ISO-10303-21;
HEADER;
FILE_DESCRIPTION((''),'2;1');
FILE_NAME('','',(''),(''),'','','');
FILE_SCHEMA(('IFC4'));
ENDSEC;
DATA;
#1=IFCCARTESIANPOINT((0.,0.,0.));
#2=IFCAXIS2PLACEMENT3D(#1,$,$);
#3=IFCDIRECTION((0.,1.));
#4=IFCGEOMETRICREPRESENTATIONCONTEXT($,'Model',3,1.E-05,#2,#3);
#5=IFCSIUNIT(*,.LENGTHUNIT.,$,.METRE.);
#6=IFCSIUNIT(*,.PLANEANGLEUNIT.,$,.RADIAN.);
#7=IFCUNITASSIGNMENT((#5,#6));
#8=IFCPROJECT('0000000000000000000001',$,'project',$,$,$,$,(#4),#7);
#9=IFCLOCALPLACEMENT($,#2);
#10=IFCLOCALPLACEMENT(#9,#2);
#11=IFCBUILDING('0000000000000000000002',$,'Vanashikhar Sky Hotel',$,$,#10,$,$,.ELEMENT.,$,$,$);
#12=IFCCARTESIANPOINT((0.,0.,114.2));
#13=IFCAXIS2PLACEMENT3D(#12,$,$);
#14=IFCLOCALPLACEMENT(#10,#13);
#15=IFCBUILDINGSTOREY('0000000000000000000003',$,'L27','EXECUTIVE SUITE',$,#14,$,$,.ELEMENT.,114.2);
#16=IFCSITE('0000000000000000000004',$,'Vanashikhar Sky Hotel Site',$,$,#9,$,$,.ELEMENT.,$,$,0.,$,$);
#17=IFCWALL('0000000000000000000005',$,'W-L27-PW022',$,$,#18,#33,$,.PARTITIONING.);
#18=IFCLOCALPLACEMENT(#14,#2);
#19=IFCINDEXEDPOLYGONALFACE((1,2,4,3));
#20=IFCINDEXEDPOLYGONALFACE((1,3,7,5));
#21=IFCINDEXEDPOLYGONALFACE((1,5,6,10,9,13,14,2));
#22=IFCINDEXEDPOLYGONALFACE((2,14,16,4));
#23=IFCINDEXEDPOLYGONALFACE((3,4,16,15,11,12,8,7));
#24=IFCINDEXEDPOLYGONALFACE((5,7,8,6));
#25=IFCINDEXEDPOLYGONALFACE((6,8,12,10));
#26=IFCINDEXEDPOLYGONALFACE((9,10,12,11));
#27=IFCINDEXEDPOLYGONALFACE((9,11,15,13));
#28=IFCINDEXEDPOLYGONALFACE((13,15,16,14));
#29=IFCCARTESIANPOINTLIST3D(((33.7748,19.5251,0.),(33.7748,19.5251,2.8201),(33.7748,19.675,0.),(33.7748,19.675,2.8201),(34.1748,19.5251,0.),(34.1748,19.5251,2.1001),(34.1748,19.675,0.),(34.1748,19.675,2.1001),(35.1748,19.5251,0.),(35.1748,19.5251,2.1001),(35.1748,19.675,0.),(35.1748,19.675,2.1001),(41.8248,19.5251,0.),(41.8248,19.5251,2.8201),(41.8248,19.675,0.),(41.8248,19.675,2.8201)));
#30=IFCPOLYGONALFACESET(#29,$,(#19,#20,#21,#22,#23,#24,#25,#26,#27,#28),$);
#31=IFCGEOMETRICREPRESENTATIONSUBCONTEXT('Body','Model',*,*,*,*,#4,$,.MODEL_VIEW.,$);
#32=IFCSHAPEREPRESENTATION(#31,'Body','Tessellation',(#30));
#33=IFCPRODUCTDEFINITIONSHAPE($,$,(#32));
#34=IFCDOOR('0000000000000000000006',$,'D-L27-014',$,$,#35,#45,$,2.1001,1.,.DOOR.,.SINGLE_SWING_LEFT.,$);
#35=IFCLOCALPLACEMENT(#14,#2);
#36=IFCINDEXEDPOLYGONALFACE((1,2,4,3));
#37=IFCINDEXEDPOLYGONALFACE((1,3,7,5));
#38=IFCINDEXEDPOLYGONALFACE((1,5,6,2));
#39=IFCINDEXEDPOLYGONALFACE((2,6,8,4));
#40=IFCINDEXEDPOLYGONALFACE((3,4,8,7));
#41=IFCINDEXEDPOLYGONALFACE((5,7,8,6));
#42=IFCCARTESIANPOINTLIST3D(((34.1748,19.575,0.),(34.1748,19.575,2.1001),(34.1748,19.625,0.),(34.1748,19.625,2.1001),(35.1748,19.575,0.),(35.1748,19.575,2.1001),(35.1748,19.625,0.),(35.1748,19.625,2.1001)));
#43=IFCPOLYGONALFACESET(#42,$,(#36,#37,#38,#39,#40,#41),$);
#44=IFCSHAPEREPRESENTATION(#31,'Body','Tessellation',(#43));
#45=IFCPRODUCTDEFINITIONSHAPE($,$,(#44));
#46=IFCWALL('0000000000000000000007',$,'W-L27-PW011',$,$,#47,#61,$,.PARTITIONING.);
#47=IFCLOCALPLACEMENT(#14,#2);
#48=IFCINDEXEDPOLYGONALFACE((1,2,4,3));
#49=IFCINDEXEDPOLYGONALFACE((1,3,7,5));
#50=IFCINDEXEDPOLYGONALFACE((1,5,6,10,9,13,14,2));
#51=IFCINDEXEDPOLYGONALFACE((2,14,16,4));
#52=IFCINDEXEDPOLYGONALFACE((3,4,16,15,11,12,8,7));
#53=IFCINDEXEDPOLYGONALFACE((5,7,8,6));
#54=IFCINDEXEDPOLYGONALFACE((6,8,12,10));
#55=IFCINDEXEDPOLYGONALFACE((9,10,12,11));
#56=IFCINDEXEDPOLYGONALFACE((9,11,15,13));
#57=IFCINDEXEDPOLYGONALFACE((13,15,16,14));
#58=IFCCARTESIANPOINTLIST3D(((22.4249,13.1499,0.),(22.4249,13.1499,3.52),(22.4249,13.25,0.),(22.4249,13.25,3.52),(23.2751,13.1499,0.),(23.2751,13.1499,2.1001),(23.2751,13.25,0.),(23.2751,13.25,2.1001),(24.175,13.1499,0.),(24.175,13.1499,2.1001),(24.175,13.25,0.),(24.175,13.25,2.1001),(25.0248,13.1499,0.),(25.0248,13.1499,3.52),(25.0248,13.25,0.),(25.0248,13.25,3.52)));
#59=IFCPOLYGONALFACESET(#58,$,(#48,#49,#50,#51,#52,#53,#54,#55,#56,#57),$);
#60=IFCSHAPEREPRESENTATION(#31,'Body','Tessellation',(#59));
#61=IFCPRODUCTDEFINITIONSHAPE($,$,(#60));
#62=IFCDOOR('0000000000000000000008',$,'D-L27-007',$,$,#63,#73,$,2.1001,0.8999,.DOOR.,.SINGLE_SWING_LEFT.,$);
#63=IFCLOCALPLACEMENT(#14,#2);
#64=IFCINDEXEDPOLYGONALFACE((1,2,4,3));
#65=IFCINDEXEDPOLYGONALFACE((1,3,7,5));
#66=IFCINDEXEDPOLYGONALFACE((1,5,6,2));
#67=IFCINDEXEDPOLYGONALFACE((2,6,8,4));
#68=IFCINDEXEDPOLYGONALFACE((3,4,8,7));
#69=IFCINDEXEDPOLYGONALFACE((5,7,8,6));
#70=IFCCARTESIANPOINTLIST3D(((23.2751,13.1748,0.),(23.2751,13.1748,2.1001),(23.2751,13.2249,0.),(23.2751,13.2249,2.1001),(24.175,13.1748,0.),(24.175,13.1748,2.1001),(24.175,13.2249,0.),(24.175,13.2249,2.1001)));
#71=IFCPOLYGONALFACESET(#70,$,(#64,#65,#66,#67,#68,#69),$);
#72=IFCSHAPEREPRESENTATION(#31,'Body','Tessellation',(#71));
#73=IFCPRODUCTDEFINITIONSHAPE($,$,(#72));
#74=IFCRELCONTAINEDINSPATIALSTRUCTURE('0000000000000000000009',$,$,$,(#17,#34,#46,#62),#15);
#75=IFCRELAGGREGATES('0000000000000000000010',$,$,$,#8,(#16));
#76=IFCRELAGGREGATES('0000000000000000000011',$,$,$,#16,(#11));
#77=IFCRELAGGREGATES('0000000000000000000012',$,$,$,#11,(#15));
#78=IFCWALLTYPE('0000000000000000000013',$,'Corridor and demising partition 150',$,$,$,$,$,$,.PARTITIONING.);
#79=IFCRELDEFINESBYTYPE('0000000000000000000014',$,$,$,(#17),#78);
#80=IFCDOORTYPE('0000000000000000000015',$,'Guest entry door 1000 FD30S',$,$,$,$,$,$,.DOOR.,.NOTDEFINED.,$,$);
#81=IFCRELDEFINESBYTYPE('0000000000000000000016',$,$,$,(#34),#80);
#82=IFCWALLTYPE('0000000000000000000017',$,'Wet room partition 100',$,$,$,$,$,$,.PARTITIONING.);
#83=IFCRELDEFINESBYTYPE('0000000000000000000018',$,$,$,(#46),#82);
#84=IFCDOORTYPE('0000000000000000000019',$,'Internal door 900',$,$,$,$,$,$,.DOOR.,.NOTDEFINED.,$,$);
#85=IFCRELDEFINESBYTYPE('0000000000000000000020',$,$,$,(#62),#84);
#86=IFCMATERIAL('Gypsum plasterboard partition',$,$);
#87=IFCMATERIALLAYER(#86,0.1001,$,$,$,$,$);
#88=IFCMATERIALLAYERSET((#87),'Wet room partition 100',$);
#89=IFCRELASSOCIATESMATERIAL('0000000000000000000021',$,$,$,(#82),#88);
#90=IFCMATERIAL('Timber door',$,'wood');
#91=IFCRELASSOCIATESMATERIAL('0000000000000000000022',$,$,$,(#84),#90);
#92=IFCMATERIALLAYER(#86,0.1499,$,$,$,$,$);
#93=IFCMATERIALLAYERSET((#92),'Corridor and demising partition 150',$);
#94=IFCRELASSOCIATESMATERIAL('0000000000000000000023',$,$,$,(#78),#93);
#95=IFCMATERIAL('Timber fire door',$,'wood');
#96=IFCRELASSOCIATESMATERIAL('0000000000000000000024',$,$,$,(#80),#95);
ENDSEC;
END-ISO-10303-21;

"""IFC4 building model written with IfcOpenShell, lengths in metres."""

from ifc_helpers import new_model, si_unit, direction, frame, frame_2d, origin, place, context, subcontext, project, spatial, rectangle, extrude, source, transform, mapped, material, layer, layer_set, type_object, element, fill, save


model = new_model("IFC4")

# Units and contexts
model_context = context("Model", 3, precision=1e-05, world=origin(), true_north=direction((0.0, 1.0)))
body_context = subcontext(model_context, "Body", "Model", "MODEL_VIEW")
ifc_project = project(units=[si_unit("LENGTHUNIT", "METRE"), si_unit("PLANEANGLEUNIT", "RADIAN")], contexts=[model_context])

# Site, building, storey
site_placement = place(None, origin())
site = spatial("IfcSite", under=ifc_project, at=site_placement, Name="Vanashikhar Sky Hotel Site", CompositionType="ELEMENT", RefElevation=0.0)
building_placement = place(site_placement, origin())
building = spatial("IfcBuilding", under=site, at=building_placement, Name="Vanashikhar Sky Hotel", CompositionType="ELEMENT")
storey_placement = place(building_placement, frame((0.0, 0.0, 114.2)))
storey = spatial("IfcBuildingStorey", under=building, at=storey_placement, Name="L27", Description="EXECUTIVE SUITE", CompositionType="ELEMENT", Elevation=114.2)

# Shared definitions
ifc_material_1 = material(Name="Gypsum plasterboard partition")
ifc_layer_1 = layer(ifc_material_1, 0.1001)
ifc_layer_set_1 = layer_set([ifc_layer_1], Name="Wet room partition 100")
wall_type_1 = type_object("IfcWallType", Name="Wet room partition 100", PredefinedType="PARTITIONING", material=ifc_layer_set_1)
shared_shape_1 = source(origin(), body_context, "Body", "SweptSolid", [
    extrude(rectangle(XDim=0.8999, YDim=2.1001, at=frame_2d((0.45, 1.05))), frame((0.0, 0.0601, 0.0), z_axis=(0.0, -1.0, 0.0), x_axis=(1.0, 0.0, 0.0)), (0.0, 0.0, 1.0), 0.1201),
])
ifc_material_2 = material(Name="Timber door", Category="wood")
door_type_1 = type_object("IfcDoorType", Name="Internal door 900", OperationType="NOTDEFINED", PredefinedType="DOOR", material=ifc_material_2)
shared_shape_2 = source(origin(), body_context, "Body", "SweptSolid", [
    extrude(rectangle(XDim=0.8999, YDim=2.1001, at=frame_2d((0.45, 1.05))), frame((0.0, 0.0249, 0.0), z_axis=(0.0, -1.0, 0.0), x_axis=(1.0, 0.0, 0.0)), (0.0, 0.0, 1.0), 0.05),
])

# Walls, openings, doors
ifc_layer_2 = layer(ifc_material_1, 0.1499)
ifc_layer_set_2 = layer_set([ifc_layer_2], Name="Corridor and demising partition 150")
wall_type_2 = type_object("IfcWallType", Name="Corridor and demising partition 150", PredefinedType="PARTITIONING", material=ifc_layer_set_2)
shared_shape_3 = source(origin(), body_context, "Body", "SweptSolid", [
    extrude(rectangle(XDim=8.05, YDim=0.1499, at=frame_2d((4.0249, 0.0))), origin(), (0.0, 0.0, 1.0), 2.8201),
])
shared_shape_4 = source(origin(), body_context, "Body", "SweptSolid", [
    extrude(rectangle(XDim=1.0, YDim=2.1001, at=frame_2d((0.5, 1.05))), frame((0.0, 0.085, 0.0), z_axis=(0.0, -1.0, 0.0), x_axis=(1.0, 0.0, 0.0)), (0.0, 0.0, 1.0), 0.1699),
])
ifc_material_3 = material(Name="Timber fire door", Category="wood")
door_type_2 = type_object("IfcDoorType", Name="Guest entry door 1000 FD30S", OperationType="NOTDEFINED", PredefinedType="DOOR", material=ifc_material_3)
shared_shape_5 = source(origin(), body_context, "Body", "SweptSolid", [
    extrude(rectangle(XDim=1.0, YDim=2.1001, at=frame_2d((0.5, 1.05))), frame((0.0, 0.0249, 0.0), z_axis=(0.0, -1.0, 0.0), x_axis=(1.0, 0.0, 0.0)), (0.0, 0.0, 1.0), 0.05),
])
wall_1_placement = place(storey_placement, frame((33.7749, 19.6001, 0.0), z_axis=(0.0, 0.0, 1.0), x_axis=(1.0, 0.0, 0.0)))
wall_1 = element("IfcWall", 1, at=wall_1_placement, inside=storey, type_object=wall_type_2, Name="W-L27-PW022", PredefinedType="PARTITIONING", context=body_context, shape_type="MappedRepresentation", body=[
    mapped(shared_shape_3, transform((0.0, 0.0, 0.0), scale=1.0)),
])
opening_1_placement = place(wall_1_placement, frame((0.3999, 0.0, 0.0)))
opening_1 = element("IfcOpeningElement", 2, at=opening_1_placement, cuts=wall_1, PredefinedType="OPENING", context=body_context, shape_type="MappedRepresentation", body=[
    mapped(shared_shape_4, transform((0.0, 0.0, 0.0), scale=1.0)),
])
door_1_placement = place(opening_1_placement, origin())
door_1 = element("IfcDoor", 3, at=door_1_placement, inside=storey, type_object=door_type_2, Name="D-L27-014", OperationType="SINGLE_SWING_LEFT", OverallHeight=2.1001, OverallWidth=1.0, PredefinedType="DOOR", context=body_context, shape_type="MappedRepresentation", body=[
    mapped(shared_shape_5, transform((0.0, 0.0, 0.0), scale=1.0)),
])
fill(opening_1, door_1)
shared_shape_6 = source(origin(), body_context, "Body", "SweptSolid", [
    extrude(rectangle(XDim=2.5999, YDim=0.1001, at=frame_2d((1.2998, 0.0))), origin(), (0.0, 0.0, 1.0), 3.52),
])
wall_2_placement = place(storey_placement, frame((22.425, 13.2, 0.0), z_axis=(0.0, 0.0, 1.0), x_axis=(1.0, 0.0, 0.0)))
wall_2 = element("IfcWall", 4, at=wall_2_placement, inside=storey, type_object=wall_type_1, Name="W-L27-PW011", PredefinedType="PARTITIONING", context=body_context, shape_type="MappedRepresentation", body=[
    mapped(shared_shape_6, transform((0.0, 0.0, 0.0), scale=1.0)),
])
opening_2_placement = place(wall_2_placement, frame((0.8501, 0.0, 0.0)))
opening_2 = element("IfcOpeningElement", 5, at=opening_2_placement, cuts=wall_2, PredefinedType="OPENING", context=body_context, shape_type="MappedRepresentation", body=[
    mapped(shared_shape_1, transform((0.0, 0.0, 0.0), scale=1.0)),
])
door_2_placement = place(opening_2_placement, origin())
door_2 = element("IfcDoor", 6, at=door_2_placement, inside=storey, type_object=door_type_1, Name="D-L27-007", OperationType="SINGLE_SWING_LEFT", OverallHeight=2.1001, OverallWidth=0.8999, PredefinedType="DOOR", context=body_context, shape_type="MappedRepresentation", body=[
    mapped(shared_shape_2, transform((0.0, 0.0, 0.0), scale=1.0)),
])
fill(opening_2, door_2)

save(model, "model.ifc")
